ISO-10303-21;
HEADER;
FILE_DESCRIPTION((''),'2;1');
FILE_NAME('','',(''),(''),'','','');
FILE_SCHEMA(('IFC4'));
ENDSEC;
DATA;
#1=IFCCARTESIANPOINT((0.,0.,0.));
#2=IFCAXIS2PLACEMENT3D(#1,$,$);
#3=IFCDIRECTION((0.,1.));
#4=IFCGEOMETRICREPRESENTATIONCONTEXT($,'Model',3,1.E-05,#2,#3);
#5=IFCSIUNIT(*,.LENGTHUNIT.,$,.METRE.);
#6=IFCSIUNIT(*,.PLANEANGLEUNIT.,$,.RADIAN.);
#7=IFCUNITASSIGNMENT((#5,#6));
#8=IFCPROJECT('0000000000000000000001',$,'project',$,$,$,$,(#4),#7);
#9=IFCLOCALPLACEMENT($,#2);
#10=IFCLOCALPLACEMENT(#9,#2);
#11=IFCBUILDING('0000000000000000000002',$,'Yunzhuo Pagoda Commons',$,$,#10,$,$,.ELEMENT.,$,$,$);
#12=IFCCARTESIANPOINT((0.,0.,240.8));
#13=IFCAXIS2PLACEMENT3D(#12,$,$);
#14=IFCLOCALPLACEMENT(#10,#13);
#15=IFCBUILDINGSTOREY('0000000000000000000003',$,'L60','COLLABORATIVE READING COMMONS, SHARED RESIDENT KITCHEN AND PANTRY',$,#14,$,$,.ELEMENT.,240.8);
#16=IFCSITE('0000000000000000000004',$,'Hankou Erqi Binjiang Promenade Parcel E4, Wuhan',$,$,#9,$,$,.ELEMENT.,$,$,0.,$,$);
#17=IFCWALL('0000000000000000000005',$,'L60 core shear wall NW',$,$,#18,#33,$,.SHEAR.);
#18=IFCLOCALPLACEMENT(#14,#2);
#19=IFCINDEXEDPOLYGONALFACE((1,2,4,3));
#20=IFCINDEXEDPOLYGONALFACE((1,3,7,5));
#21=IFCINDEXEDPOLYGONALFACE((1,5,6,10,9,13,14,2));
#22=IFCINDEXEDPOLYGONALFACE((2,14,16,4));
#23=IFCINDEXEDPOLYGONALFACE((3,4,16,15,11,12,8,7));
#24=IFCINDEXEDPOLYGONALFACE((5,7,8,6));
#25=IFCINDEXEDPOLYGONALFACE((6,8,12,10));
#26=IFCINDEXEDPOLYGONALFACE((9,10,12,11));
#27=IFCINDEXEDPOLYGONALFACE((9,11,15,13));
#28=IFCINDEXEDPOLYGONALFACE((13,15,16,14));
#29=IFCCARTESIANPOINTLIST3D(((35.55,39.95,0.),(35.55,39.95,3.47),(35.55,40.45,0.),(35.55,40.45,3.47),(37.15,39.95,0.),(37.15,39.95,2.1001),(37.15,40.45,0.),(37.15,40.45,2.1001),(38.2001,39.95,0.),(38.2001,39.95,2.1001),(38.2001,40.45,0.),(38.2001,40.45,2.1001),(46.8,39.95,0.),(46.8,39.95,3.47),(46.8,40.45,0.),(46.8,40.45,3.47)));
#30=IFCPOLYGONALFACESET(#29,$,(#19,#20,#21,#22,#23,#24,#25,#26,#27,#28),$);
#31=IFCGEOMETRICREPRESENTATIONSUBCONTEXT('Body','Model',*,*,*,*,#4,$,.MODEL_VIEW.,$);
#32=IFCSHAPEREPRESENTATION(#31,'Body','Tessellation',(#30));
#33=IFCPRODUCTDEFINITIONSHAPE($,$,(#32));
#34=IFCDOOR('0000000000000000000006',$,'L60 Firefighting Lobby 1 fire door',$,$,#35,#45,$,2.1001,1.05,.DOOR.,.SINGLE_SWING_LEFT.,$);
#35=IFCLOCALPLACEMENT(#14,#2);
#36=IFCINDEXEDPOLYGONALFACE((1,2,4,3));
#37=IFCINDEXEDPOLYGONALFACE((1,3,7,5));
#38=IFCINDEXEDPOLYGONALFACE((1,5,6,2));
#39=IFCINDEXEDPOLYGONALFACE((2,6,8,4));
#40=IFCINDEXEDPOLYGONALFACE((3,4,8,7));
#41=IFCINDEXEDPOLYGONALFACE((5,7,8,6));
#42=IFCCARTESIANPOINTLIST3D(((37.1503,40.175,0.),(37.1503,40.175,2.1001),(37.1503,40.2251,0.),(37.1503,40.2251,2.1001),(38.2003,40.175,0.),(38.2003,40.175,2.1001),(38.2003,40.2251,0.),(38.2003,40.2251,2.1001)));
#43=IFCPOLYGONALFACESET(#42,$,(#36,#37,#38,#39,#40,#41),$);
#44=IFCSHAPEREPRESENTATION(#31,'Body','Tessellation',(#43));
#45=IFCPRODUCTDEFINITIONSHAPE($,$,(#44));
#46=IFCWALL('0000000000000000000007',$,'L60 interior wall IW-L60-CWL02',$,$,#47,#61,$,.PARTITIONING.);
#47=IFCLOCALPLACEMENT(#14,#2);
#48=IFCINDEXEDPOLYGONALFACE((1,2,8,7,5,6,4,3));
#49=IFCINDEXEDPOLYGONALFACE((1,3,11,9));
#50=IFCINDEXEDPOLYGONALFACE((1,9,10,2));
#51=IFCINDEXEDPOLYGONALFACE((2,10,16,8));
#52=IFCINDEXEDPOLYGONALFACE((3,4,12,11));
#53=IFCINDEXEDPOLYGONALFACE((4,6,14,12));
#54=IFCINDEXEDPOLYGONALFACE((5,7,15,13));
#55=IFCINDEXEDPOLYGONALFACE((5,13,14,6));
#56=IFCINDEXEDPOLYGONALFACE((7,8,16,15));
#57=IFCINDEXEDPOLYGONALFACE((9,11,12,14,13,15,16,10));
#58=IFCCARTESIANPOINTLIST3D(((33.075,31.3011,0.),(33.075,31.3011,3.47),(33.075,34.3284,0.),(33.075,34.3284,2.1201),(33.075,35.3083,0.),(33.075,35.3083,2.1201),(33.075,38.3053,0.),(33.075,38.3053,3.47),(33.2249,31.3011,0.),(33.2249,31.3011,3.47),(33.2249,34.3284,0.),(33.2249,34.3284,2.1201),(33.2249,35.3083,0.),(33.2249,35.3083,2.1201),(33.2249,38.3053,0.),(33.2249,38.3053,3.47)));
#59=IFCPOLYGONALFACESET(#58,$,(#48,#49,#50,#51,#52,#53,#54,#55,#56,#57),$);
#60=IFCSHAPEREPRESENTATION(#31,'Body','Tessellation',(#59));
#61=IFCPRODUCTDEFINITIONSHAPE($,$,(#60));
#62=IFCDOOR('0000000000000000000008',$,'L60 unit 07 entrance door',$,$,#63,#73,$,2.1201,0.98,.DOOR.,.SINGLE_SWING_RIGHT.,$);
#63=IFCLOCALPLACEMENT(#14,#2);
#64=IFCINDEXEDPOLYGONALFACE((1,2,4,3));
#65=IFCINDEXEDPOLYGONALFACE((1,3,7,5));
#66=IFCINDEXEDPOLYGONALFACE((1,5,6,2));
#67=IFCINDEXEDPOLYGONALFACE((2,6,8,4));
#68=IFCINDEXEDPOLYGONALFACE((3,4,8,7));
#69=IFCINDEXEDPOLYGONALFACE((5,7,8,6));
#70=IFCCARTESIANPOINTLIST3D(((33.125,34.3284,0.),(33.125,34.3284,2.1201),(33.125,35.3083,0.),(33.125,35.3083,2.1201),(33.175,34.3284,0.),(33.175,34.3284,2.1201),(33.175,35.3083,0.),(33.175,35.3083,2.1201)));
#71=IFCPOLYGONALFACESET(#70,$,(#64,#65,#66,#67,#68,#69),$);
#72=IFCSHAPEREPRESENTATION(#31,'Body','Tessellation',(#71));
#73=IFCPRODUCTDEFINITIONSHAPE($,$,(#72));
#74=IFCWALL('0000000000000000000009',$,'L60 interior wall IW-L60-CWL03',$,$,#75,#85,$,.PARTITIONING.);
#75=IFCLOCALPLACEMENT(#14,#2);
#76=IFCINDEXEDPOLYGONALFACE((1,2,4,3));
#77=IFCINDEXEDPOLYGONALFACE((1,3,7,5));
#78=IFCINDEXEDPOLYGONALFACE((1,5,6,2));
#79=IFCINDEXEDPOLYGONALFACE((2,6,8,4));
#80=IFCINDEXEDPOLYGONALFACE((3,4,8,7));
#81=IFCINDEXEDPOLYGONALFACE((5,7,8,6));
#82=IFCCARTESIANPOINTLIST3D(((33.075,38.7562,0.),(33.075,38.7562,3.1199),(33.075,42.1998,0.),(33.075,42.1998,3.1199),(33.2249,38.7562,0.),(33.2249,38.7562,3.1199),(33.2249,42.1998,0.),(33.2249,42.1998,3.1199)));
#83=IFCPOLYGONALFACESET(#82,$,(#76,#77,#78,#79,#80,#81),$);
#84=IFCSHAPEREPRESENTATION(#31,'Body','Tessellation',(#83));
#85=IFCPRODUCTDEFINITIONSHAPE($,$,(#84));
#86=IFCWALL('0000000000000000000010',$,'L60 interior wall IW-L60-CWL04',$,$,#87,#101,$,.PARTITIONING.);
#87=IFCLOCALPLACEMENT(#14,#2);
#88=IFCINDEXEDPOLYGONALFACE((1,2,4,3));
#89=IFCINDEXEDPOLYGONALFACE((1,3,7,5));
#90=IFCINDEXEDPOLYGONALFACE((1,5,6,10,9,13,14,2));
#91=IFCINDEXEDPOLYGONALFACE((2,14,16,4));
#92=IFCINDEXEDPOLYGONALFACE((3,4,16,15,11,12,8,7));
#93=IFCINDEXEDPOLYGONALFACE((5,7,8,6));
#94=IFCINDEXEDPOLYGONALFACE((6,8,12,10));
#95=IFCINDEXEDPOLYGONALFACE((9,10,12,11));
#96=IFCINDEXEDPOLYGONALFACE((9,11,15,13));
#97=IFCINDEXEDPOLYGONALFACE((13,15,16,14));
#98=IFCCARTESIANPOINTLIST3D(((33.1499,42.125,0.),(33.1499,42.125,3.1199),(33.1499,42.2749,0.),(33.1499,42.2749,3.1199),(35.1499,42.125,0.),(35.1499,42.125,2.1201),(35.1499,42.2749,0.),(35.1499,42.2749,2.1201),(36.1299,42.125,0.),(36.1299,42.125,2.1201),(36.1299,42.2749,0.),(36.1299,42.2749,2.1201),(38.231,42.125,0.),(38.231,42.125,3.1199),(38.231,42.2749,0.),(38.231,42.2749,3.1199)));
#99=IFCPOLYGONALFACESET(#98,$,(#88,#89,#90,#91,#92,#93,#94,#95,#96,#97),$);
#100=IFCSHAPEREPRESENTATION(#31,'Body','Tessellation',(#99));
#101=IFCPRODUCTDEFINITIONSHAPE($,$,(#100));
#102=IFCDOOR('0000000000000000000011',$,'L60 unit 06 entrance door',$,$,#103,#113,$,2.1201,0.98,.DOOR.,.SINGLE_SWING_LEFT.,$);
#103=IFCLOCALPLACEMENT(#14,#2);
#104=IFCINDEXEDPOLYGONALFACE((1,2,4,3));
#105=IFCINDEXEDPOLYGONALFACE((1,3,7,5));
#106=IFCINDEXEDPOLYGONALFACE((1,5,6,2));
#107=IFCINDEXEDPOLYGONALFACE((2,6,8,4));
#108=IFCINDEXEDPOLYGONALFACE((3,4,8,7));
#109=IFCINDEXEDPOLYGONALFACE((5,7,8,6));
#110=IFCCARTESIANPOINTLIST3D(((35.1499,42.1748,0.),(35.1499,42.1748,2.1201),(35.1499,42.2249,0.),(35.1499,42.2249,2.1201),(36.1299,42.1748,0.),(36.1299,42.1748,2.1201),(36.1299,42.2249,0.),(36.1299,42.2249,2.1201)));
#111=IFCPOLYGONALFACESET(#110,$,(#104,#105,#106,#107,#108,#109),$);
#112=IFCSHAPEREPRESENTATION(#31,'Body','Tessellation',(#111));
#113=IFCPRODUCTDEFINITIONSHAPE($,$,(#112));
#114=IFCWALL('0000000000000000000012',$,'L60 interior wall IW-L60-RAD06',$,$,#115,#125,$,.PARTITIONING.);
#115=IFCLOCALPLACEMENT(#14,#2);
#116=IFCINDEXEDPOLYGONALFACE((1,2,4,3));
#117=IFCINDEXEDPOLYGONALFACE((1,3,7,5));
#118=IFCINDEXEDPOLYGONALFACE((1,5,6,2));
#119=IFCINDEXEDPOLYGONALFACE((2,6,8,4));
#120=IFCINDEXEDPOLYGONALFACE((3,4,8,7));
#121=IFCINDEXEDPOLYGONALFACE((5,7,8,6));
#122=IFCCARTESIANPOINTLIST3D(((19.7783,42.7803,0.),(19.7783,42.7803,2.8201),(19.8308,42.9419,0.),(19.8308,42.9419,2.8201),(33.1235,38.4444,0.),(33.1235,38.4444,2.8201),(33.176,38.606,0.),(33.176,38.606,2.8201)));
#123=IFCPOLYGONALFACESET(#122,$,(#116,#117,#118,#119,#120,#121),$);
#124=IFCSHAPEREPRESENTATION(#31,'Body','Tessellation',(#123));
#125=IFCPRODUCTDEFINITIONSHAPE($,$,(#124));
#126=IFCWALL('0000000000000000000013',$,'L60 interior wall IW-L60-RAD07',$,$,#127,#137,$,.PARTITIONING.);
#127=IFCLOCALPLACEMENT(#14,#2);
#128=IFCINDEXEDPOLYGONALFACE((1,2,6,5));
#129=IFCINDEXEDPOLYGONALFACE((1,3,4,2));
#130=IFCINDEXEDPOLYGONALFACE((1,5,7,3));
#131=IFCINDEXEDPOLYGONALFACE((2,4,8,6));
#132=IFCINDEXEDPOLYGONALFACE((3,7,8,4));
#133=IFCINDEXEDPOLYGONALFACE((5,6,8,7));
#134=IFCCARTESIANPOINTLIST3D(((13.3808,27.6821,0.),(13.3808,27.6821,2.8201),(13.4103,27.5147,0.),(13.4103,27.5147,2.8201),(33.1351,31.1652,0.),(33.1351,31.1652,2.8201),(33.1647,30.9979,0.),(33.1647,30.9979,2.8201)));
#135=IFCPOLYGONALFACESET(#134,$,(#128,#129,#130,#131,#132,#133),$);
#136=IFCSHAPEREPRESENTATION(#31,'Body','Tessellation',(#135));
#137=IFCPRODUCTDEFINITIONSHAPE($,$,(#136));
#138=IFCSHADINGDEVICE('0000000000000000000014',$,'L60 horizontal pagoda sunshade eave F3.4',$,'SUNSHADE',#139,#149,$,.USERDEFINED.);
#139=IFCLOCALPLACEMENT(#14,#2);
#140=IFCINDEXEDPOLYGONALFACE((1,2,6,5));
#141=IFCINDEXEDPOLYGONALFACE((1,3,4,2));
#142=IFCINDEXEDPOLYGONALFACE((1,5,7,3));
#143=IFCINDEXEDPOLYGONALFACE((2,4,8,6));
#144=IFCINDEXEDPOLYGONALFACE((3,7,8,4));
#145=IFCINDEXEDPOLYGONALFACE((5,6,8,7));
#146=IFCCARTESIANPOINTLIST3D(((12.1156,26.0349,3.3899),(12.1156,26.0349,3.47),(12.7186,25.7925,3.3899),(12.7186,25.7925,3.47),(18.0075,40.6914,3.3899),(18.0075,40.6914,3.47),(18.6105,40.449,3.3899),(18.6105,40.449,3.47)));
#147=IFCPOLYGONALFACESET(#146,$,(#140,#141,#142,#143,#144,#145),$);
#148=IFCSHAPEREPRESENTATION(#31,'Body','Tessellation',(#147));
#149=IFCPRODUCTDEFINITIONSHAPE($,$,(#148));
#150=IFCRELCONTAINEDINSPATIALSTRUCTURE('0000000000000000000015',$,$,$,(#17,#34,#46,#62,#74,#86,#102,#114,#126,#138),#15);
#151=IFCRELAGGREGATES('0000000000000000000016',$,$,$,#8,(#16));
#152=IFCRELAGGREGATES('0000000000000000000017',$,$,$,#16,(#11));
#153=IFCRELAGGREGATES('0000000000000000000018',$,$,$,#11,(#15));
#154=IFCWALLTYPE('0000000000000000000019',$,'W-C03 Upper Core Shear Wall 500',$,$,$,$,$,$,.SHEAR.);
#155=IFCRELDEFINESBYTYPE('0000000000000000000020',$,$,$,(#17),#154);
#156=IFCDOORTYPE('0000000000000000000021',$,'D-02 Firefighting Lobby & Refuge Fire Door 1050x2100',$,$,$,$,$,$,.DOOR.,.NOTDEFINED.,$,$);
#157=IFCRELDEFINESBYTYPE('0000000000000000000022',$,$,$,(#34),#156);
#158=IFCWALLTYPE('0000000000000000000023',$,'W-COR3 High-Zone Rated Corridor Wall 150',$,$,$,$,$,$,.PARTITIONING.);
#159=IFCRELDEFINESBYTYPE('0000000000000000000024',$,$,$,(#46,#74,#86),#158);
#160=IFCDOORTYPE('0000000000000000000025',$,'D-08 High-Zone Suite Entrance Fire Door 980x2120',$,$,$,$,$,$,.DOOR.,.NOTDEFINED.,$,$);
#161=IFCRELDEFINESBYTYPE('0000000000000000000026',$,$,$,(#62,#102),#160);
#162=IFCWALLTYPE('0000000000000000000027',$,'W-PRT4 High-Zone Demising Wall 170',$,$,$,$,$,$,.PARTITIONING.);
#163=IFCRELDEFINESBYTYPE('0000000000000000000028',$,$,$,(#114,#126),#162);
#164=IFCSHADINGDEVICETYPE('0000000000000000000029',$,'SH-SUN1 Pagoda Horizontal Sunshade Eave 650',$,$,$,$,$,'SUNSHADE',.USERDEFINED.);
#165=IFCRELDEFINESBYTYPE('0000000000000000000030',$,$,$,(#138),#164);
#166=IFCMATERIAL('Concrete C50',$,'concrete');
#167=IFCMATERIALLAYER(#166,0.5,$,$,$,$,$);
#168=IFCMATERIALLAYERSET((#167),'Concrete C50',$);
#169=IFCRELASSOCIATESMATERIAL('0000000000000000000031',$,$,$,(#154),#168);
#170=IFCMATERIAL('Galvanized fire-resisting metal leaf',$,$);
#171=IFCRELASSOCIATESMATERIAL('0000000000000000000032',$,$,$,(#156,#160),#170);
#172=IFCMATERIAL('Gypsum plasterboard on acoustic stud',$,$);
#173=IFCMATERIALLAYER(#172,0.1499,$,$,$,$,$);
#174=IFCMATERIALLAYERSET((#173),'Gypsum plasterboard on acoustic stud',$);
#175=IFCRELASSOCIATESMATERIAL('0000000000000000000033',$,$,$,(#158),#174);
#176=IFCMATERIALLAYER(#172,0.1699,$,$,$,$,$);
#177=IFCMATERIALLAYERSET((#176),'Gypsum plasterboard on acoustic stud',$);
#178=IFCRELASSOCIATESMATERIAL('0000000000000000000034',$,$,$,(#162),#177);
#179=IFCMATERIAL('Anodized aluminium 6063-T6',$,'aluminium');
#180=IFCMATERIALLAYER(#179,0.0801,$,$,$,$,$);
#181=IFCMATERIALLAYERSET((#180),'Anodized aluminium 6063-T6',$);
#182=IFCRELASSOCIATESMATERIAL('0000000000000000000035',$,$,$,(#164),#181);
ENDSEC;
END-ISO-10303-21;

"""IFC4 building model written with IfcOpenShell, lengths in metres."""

from ifc_helpers import new_model, si_unit, direction, frame, frame_2d, origin, origin_with_axes, origin_2d, place, context, subcontext, project, spatial, rectangle, extrude, source, transform, mapped, material, layer, layer_set, type_object, element, fill, save


model = new_model("IFC4")

# Units and contexts
model_context = context("Model", 3, precision=1e-05, world=origin(), true_north=direction((0.0, 1.0)))
body_context = subcontext(model_context, "Body", "Model", "MODEL_VIEW")
ifc_project = project(units=[si_unit("LENGTHUNIT", "METRE"), si_unit("PLANEANGLEUNIT", "RADIAN")], contexts=[model_context])

# Site, building, storey
site_placement = place(None, origin())
site = spatial("IfcSite", under=ifc_project, at=site_placement, Name="Hankou Erqi Binjiang Promenade Parcel E4, Wuhan", CompositionType="ELEMENT", RefElevation=0.0)
building_placement = place(site_placement, origin())
building = spatial("IfcBuilding", under=site, at=building_placement, Name="Yunzhuo Pagoda Commons", CompositionType="ELEMENT")
storey_placement = place(building_placement, frame((0.0, 0.0, 240.8)))
storey = spatial("IfcBuildingStorey", under=building, at=storey_placement, Name="L60", Description="COLLABORATIVE READING COMMONS, SHARED RESIDENT KITCHEN AND PANTRY", CompositionType="ELEMENT", Elevation=240.8)

# Shared definitions
ifc_material_1 = material(Name="Anodized aluminium 6063-T6", Category="aluminium")

# Walls, openings, doors
ifc_material_2 = material(Name="Concrete C50", Category="concrete")
ifc_layer_1 = layer(ifc_material_2, 0.5)
ifc_layer_set_1 = layer_set([ifc_layer_1], Name="Concrete C50")
wall_type_1 = type_object("IfcWallType", Name="W-C03 Upper Core Shear Wall 500", PredefinedType="SHEAR", material=ifc_layer_set_1)
wall_1_placement = place(storey_placement, frame((35.55, 40.2, 0.0), z_axis=(0.0, 0.0, 1.0), x_axis=(1.0, 0.0, 0.0)))
wall_1 = element("IfcWall", 1, at=wall_1_placement, inside=storey, type_object=wall_type_1, Name="L60 core shear wall NW", PredefinedType="SHEAR", context=body_context, shape_type="SweptSolid", body=[
    extrude(rectangle(XDim=11.25, YDim=0.5, at=frame_2d((5.625, 0.0))), origin(), (0.0, 0.0, 1.0), 3.47),
])
opening_1_placement = place(wall_1_placement, frame((1.6001, 0.0, 0.0)))
opening_1 = element("IfcOpeningElement", 2, at=opening_1_placement, cuts=wall_1, PredefinedType="OPENING", context=body_context, shape_type="SweptSolid", body=[
    extrude(rectangle(XDim=1.05, YDim=2.1001, at=frame_2d((0.5249, 1.05))), frame((0.0, 0.26, 0.0), z_axis=(0.0, -1.0, 0.0), x_axis=(1.0, 0.0, 0.0)), (0.0, 0.0, 1.0), 0.52),
])
ifc_material_3 = material(Name="Galvanized fire-resisting metal leaf")
door_type_1 = type_object("IfcDoorType", Name="D-02 Firefighting Lobby & Refuge Fire Door 1050x2100", OperationType="NOTDEFINED", PredefinedType="DOOR", material=ifc_material_3)
shared_shape_1 = source(origin(), body_context, "Body", "SweptSolid", [
    extrude(rectangle(XDim=1.05, YDim=2.1001, at=frame_2d((0.5249, 1.05))), frame((0.0, 0.0249, 0.0), z_axis=(0.0, -1.0, 0.0), x_axis=(1.0, 0.0, 0.0)), (0.0, 0.0, 1.0), 0.05),
])
door_1_placement = place(opening_1_placement, frame((1.05, 0.0, 0.0), z_axis=(0.0, 0.0, 1.0), x_axis=(-1.0, 0.0, 0.0)))
door_1 = element("IfcDoor", 3, at=door_1_placement, inside=storey, type_object=door_type_1, Name="L60 Firefighting Lobby 1 fire door", OperationType="SINGLE_SWING_LEFT", OverallHeight=2.1001, OverallWidth=1.05, PredefinedType="DOOR", context=body_context, shape_type="MappedRepresentation", body=[
    mapped(shared_shape_1, transform((0.0, 0.0, 0.0), scale=1.0)),
])
fill(opening_1, door_1)
ifc_material_4 = material(Name="Gypsum plasterboard on acoustic stud")
ifc_layer_2 = layer(ifc_material_4, 0.1499)
ifc_layer_set_2 = layer_set([ifc_layer_2], Name="Gypsum plasterboard on acoustic stud")
wall_type_2 = type_object("IfcWallType", Name="W-COR3 High-Zone Rated Corridor Wall 150", PredefinedType="PARTITIONING", material=ifc_layer_set_2)
wall_2_placement = place(storey_placement, frame((33.1499, 31.3013, 0.0), z_axis=(0.0, 0.0, 1.0), x_axis=(0.0, 1.0, 0.0)))
wall_2 = element("IfcWall", 4, at=wall_2_placement, inside=storey, type_object=wall_type_2, Name="L60 interior wall IW-L60-CWL02", PredefinedType="PARTITIONING", context=body_context, shape_type="SweptSolid", body=[
    extrude(rectangle(XDim=7.0042, YDim=0.1499, at=frame_2d((3.502, 0.0))), origin(), (0.0, 0.0, 1.0), 3.47),
])
opening_2_placement = place(wall_2_placement, frame((3.0271, 0.0, 0.0)))
opening_2 = element("IfcOpeningElement", 5, at=opening_2_placement, cuts=wall_2, PredefinedType="OPENING", context=body_context, shape_type="SweptSolid", body=[
    extrude(rectangle(XDim=0.98, YDim=2.1201, at=frame_2d((0.49, 1.0601))), frame((0.0, 0.085, 0.0), z_axis=(0.0, -1.0, 0.0), x_axis=(1.0, 0.0, 0.0)), (0.0, 0.0, 1.0), 0.1699),
])
door_type_2 = type_object("IfcDoorType", Name="D-08 High-Zone Suite Entrance Fire Door 980x2120", OperationType="NOTDEFINED", PredefinedType="DOOR", material=ifc_material_3)
shared_shape_2 = source(origin(), body_context, "Body", "SweptSolid", [
    extrude(rectangle(XDim=0.98, YDim=2.1201, at=frame_2d((0.49, 1.0601))), frame((0.0, 0.0249, 0.0), z_axis=(0.0, -1.0, 0.0), x_axis=(1.0, 0.0, 0.0)), (0.0, 0.0, 1.0), 0.05),
])
door_2_placement = place(opening_2_placement, origin_with_axes())
door_2 = element("IfcDoor", 6, at=door_2_placement, inside=storey, type_object=door_type_2, Name="L60 unit 07 entrance door", OperationType="SINGLE_SWING_RIGHT", OverallHeight=2.1201, OverallWidth=0.98, PredefinedType="DOOR", context=body_context, shape_type="MappedRepresentation", body=[
    mapped(shared_shape_2, transform((0.0, 0.0, 0.0), scale=1.0)),
])
fill(opening_2, door_2)

# Wall
wall_3_placement = place(storey_placement, frame((33.1499, 38.7563, 0.0), z_axis=(0.0, 0.0, 1.0), x_axis=(0.0, 1.0, 0.0)))
element("IfcWall", 7, at=wall_3_placement, inside=storey, type_object=wall_type_2, Name="L60 interior wall IW-L60-CWL03", PredefinedType="PARTITIONING", context=body_context, shape_type="SweptSolid", body=[
    extrude(rectangle(XDim=3.4436, YDim=0.1499, at=frame_2d((1.7217, 0.0))), origin(), (0.0, 0.0, 1.0), 3.1199),
])

# Wall, opening, door
wall_4_placement = place(storey_placement, frame((33.1499, 42.2, 0.0), z_axis=(0.0, 0.0, 1.0), x_axis=(1.0, 0.0, 0.0)))
wall_4 = element("IfcWall", 8, at=wall_4_placement, inside=storey, type_object=wall_type_2, Name="L60 interior wall IW-L60-CWL04", PredefinedType="PARTITIONING", context=body_context, shape_type="SweptSolid", body=[
    extrude(rectangle(XDim=5.0811, YDim=0.1499, at=frame_2d((2.5405, 0.0))), origin(), (0.0, 0.0, 1.0), 3.1199),
])
opening_3_placement = place(wall_4_placement, frame((2.0, 0.0, 0.0)))
opening_3 = element("IfcOpeningElement", 9, at=opening_3_placement, cuts=wall_4, PredefinedType="OPENING", context=body_context, shape_type="SweptSolid", body=[
    extrude(rectangle(XDim=0.98, YDim=2.1201, at=frame_2d((0.49, 1.0601))), frame((0.0, 0.085, 0.0), z_axis=(0.0, -1.0, 0.0), x_axis=(1.0, 0.0, 0.0)), (0.0, 0.0, 1.0), 0.1699),
])
door_3_placement = place(opening_3_placement, origin_with_axes())
door_3 = element("IfcDoor", 10, at=door_3_placement, inside=storey, type_object=door_type_2, Name="L60 unit 06 entrance door", OperationType="SINGLE_SWING_LEFT", OverallHeight=2.1201, OverallWidth=0.98, PredefinedType="DOOR", context=body_context, shape_type="MappedRepresentation", body=[
    mapped(shared_shape_2, transform((0.0, 0.0, 0.0), scale=1.0)),
])
fill(opening_3, door_3)

# Walls
ifc_layer_3 = layer(ifc_material_4, 0.1699)
ifc_layer_set_3 = layer_set([ifc_layer_3], Name="Gypsum plasterboard on acoustic stud")
wall_type_3 = type_object("IfcWallType", Name="W-PRT4 High-Zone Demising Wall 170", PredefinedType="PARTITIONING", material=ifc_layer_set_3)
wall_5_placement = place(storey_placement, frame((33.1499, 38.5251, 0.0), z_axis=(0.0, 0.0, 1.0), x_axis=(-0.95106, 0.309005, 0.0)))
element("IfcWall", 11, at=wall_5_placement, inside=storey, type_object=wall_type_3, Name="L60 interior wall IW-L60-RAD06", PredefinedType="PARTITIONING", context=body_context, shape_type="SweptSolid", body=[
    extrude(rectangle(XDim=14.032, YDim=0.1699, at=frame_2d((7.0161, 0.0))), origin(), (0.0, 0.0, 1.0), 2.8201),
])
wall_6_placement = place(storey_placement, frame((33.1499, 31.0815, 0.0), z_axis=(0.0, 0.0, 1.0), x_axis=(-0.984808, -0.173644, 0.0)))
element("IfcWall", 12, at=wall_6_placement, inside=storey, type_object=wall_type_3, Name="L60 interior wall IW-L60-RAD07", PredefinedType="PARTITIONING", context=body_context, shape_type="SweptSolid", body=[
    extrude(rectangle(XDim=20.0591, YDim=0.1699, at=frame_2d((10.0295, 0.0))), origin(), (0.0, 0.0, 1.0), 2.8201),
])

# Shading device
ifc_layer_4 = layer(ifc_material_1, 0.0801)
ifc_layer_set_4 = layer_set([ifc_layer_4], Name="Anodized aluminium 6063-T6")
shading_device_type = type_object("IfcShadingDeviceType", Name="SH-SUN1 Pagoda Horizontal Sunshade Eave 650", ElementType="SUNSHADE", PredefinedType="USERDEFINED", material=ifc_layer_set_4)
shared_shape_3 = source(origin(), body_context, "Body", "SweptSolid", [
    extrude(rectangle(XDim=15.7964, YDim=0.6499, at=origin_2d()), origin(), (0.0, 0.0, 1.0), 0.0801),
])
shading_device_placement = place(storey_placement, frame((15.363, 33.2419, 3.3899), z_axis=(0.0, 0.0, 1.0), x_axis=(-0.372988, -0.927836, 0.0)))
element("IfcShadingDevice", 13, at=shading_device_placement, inside=storey, type_object=shading_device_type, Name="L60 horizontal pagoda sunshade eave F3.4", ObjectType="SUNSHADE", PredefinedType="USERDEFINED", context=body_context, shape_type="MappedRepresentation", body=[
    mapped(shared_shape_3, transform((0.0, 0.0, 0.0), scale=1.0)),
])

save(model, "model.ifc")
